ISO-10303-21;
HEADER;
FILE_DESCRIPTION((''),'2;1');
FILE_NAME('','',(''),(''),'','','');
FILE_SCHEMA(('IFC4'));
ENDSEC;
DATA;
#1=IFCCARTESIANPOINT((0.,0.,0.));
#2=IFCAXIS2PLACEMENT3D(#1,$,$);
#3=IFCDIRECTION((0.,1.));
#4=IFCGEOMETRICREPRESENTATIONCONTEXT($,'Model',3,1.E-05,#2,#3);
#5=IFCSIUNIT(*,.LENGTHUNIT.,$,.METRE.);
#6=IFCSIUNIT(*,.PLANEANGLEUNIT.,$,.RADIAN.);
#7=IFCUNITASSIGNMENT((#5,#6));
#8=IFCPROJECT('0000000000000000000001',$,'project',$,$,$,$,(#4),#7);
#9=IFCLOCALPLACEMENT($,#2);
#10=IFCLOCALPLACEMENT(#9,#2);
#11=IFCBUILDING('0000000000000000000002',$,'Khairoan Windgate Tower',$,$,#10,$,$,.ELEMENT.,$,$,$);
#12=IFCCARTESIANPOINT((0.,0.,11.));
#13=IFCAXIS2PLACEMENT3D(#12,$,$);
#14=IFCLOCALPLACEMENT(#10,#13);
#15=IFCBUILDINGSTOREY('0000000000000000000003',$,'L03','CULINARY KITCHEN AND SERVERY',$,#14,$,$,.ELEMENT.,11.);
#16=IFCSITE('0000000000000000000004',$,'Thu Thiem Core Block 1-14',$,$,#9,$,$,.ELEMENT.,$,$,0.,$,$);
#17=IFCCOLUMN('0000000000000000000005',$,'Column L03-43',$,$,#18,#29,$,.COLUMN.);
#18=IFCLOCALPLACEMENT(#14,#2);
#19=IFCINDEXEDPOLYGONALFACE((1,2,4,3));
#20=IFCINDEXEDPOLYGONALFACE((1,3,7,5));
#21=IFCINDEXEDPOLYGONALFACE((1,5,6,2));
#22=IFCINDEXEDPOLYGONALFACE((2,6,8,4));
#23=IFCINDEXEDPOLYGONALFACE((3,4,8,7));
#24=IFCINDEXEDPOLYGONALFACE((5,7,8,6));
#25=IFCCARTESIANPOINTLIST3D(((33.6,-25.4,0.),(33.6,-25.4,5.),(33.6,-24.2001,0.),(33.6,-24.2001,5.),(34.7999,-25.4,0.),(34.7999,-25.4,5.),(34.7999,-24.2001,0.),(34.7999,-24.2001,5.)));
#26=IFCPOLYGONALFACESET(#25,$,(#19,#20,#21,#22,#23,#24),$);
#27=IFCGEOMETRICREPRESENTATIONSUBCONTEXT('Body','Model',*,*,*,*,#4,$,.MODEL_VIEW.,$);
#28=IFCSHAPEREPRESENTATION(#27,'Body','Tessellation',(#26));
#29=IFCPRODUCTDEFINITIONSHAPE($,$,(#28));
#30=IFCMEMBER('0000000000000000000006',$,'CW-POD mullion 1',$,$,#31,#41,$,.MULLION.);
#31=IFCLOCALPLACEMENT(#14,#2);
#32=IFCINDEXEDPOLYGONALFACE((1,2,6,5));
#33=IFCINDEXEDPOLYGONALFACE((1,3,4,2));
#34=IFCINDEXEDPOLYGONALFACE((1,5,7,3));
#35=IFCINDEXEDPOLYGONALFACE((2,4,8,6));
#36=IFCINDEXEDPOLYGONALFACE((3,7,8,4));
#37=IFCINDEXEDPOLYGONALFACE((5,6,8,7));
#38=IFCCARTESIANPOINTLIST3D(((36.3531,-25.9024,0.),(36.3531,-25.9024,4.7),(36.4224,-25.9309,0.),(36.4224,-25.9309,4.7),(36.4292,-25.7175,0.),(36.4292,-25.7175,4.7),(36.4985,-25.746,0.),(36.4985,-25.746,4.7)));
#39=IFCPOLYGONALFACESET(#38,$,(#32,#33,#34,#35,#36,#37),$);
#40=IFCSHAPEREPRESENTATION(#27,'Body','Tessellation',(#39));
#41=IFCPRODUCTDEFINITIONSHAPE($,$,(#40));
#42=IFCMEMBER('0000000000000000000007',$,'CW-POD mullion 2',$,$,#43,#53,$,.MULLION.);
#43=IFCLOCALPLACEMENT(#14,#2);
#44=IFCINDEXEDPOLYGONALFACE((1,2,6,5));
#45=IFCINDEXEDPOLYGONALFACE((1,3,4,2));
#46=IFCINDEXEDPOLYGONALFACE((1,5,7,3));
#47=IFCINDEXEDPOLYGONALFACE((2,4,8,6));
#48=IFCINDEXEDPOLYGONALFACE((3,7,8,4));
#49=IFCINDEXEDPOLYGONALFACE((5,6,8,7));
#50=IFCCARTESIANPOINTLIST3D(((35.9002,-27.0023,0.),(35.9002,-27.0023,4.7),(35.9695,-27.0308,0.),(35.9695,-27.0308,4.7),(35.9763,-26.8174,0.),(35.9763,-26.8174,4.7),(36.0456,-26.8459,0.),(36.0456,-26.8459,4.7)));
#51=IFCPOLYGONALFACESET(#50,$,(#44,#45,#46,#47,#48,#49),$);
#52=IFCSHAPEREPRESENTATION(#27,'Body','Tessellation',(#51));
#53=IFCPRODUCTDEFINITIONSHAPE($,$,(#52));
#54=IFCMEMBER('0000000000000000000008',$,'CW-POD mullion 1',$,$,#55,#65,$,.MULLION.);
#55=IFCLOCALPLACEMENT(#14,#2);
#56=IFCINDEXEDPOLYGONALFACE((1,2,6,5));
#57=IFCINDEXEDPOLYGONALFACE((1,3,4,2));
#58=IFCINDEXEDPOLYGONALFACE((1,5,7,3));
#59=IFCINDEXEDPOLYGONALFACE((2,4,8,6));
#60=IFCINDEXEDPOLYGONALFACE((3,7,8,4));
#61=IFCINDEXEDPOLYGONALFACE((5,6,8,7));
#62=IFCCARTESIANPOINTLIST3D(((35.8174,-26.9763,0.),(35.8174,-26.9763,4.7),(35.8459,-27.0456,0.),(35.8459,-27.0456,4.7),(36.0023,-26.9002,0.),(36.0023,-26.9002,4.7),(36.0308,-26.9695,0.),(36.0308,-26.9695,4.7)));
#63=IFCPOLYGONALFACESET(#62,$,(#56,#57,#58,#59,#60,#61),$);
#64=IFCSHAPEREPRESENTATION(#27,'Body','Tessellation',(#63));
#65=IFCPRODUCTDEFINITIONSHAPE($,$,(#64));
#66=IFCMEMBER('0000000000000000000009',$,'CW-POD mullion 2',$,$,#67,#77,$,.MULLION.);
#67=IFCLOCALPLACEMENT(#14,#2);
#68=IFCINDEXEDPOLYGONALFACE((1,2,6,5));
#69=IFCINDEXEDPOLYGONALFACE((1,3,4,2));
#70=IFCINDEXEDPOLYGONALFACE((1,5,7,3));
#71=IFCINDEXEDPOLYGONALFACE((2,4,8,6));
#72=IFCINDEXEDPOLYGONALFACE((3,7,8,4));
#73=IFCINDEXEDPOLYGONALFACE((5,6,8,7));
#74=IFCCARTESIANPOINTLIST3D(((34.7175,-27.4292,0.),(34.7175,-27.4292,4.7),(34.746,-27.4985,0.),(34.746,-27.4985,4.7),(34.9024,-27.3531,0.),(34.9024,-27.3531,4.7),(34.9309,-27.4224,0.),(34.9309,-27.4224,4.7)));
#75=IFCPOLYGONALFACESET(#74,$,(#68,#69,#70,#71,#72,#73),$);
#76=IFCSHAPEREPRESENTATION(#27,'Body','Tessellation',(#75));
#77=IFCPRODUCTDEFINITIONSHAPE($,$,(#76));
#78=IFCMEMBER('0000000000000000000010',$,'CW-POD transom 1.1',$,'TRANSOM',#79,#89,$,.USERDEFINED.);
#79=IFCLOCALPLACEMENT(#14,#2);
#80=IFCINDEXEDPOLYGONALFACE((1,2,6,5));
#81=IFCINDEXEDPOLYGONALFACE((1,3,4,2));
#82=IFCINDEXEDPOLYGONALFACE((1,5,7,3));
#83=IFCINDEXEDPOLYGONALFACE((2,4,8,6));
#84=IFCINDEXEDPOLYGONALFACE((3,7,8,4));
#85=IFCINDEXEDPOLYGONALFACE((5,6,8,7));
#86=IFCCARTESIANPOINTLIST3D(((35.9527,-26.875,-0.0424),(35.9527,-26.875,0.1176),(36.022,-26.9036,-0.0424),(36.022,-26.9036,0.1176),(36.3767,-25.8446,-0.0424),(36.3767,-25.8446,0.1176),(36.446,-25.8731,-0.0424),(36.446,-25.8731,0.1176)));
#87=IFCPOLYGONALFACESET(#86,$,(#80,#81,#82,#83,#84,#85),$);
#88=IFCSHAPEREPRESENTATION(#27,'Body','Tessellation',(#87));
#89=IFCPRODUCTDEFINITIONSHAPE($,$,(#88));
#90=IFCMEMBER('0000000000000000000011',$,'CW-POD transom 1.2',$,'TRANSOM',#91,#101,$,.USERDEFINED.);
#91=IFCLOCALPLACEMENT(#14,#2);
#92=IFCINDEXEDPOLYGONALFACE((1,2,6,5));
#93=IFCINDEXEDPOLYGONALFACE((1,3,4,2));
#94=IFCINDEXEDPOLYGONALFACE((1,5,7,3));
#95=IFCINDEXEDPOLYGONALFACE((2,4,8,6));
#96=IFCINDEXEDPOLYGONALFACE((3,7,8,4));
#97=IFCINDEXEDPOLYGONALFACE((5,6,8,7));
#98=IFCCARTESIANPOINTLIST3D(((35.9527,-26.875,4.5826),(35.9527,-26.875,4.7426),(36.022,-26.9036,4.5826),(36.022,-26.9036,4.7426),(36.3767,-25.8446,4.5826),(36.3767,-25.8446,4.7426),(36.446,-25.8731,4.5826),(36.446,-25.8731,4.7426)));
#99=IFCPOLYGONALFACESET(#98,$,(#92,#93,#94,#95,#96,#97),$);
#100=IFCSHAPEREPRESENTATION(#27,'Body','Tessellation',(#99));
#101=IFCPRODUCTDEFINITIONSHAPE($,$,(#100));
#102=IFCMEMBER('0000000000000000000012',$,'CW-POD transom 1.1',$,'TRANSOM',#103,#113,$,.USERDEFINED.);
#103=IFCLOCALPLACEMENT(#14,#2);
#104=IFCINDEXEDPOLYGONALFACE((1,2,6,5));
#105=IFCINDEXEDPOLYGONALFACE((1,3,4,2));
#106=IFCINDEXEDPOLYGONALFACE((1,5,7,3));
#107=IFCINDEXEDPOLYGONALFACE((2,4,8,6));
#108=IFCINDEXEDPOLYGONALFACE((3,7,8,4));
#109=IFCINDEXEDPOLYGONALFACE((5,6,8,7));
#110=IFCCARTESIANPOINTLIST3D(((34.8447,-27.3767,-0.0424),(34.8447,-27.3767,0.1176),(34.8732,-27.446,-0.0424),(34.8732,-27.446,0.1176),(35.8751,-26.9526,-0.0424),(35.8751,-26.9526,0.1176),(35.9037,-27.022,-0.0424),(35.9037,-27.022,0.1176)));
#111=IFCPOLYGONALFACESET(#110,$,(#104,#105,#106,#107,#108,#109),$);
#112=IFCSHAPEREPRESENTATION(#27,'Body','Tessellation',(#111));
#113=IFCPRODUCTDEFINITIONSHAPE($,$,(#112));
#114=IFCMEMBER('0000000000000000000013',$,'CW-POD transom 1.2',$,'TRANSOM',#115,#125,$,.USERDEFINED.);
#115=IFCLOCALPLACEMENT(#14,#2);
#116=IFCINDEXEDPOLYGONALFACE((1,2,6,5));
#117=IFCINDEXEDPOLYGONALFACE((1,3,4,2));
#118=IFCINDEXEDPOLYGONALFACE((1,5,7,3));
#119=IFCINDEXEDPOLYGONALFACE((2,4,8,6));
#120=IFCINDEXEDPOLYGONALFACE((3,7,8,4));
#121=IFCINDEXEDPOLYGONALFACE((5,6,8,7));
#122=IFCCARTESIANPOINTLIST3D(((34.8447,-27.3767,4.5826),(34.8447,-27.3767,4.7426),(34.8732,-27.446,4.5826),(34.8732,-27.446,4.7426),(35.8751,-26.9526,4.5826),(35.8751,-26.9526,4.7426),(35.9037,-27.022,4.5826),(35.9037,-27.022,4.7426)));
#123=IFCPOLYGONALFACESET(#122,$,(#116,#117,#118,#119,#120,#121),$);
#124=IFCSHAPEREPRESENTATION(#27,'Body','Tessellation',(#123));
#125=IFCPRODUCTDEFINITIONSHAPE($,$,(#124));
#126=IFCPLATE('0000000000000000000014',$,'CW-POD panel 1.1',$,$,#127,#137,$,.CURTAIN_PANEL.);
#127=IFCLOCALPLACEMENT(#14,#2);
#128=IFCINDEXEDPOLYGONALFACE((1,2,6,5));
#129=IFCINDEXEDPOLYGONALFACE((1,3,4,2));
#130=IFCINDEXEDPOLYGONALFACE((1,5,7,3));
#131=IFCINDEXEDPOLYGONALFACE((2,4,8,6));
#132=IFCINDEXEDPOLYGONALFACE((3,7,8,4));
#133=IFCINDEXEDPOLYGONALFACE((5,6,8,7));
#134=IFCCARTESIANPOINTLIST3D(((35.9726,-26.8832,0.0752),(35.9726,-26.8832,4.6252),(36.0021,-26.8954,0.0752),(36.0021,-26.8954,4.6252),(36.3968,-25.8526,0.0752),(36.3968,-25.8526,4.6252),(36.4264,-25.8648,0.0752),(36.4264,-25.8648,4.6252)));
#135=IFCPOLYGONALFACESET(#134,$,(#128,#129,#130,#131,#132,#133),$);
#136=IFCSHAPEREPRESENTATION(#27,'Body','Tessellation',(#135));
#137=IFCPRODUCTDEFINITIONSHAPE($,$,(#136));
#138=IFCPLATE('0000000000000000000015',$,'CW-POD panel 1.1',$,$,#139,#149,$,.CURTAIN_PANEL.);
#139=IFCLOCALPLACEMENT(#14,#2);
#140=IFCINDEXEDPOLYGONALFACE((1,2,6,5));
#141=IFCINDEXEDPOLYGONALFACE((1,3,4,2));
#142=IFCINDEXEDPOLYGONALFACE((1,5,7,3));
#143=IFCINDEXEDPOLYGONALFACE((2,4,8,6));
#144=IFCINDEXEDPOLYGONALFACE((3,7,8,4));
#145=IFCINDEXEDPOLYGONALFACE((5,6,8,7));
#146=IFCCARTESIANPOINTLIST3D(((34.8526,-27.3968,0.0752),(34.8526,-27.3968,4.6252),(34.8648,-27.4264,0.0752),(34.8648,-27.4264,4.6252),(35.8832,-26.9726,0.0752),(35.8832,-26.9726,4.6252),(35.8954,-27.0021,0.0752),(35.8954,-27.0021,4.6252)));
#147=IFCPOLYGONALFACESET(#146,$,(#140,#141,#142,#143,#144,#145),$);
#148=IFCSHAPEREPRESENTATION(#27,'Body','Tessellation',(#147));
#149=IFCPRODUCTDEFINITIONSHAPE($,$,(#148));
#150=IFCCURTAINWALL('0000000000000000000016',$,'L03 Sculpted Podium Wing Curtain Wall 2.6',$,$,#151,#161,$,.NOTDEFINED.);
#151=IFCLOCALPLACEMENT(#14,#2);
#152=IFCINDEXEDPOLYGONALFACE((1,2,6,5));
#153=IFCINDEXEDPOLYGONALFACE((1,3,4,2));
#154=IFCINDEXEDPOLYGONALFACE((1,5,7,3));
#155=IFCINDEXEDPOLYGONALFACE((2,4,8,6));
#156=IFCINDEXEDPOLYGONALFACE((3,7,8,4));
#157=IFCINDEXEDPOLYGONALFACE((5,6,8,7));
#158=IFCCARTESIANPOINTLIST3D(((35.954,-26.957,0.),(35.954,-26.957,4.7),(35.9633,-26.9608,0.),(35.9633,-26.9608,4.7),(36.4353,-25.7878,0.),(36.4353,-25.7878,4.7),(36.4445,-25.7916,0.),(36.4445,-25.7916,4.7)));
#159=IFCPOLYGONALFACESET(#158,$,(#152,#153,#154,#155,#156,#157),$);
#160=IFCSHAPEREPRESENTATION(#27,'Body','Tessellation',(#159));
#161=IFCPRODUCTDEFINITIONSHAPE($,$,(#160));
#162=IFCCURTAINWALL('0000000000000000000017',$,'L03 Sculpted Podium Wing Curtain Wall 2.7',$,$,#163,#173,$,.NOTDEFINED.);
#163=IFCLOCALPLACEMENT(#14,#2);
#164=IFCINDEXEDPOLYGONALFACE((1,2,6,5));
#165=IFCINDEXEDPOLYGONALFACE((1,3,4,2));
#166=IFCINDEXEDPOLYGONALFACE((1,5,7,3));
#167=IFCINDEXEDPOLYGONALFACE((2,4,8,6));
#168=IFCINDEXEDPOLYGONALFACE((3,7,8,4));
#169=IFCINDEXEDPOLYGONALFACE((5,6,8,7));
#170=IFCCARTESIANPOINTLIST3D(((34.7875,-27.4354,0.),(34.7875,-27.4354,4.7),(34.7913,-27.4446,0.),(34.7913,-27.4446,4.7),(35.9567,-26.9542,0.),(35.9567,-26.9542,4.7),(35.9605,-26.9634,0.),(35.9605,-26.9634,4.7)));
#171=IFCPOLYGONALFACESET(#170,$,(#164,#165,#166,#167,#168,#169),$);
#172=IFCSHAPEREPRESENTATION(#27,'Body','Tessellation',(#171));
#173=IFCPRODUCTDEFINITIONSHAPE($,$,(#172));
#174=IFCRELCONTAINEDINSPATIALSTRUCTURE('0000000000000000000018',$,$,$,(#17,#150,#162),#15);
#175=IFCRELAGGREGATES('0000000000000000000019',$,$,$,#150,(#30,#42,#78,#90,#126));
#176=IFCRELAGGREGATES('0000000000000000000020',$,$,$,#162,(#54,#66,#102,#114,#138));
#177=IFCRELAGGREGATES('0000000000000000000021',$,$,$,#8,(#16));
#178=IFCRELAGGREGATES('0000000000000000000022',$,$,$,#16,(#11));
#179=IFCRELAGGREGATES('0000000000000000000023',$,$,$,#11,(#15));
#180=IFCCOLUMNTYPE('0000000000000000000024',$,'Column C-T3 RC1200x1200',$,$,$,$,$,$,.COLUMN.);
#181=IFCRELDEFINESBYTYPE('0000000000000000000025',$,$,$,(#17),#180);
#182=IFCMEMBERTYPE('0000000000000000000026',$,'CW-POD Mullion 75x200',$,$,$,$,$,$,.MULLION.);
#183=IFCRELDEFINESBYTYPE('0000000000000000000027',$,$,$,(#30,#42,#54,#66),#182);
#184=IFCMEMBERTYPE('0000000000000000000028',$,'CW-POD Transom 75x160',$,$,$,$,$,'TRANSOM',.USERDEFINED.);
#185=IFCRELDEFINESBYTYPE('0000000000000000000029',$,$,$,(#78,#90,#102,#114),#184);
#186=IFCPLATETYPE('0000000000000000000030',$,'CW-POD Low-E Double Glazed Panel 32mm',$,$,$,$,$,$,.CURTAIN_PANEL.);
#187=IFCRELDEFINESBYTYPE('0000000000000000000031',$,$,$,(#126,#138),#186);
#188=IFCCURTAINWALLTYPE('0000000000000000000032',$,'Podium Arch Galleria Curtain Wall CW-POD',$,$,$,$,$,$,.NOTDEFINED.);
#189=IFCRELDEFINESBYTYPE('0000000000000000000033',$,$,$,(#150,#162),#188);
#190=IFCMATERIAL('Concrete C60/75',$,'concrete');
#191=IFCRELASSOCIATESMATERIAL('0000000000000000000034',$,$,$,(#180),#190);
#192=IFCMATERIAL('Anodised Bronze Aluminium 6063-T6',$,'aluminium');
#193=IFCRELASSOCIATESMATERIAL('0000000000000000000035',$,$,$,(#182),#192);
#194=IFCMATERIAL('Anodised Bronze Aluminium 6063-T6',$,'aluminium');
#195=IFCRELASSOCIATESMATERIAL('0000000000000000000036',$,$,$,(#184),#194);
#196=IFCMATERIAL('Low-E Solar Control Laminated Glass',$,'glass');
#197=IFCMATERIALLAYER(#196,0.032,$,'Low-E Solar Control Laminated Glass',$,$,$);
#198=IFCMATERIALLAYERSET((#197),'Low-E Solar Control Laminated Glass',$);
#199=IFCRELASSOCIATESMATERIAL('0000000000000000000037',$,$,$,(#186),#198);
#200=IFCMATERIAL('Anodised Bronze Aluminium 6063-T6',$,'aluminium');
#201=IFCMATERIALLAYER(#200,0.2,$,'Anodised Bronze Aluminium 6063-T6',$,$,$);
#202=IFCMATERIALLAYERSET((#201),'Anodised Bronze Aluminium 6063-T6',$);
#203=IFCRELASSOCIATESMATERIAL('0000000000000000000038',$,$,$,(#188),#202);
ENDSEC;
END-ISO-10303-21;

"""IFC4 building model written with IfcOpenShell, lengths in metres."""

from ifc_helpers import new_model, si_unit, direction, frame, frame_2d, origin, origin_2d, place, context, subcontext, project, spatial, rectangle, extrude, material, layer, layer_set, material_profile, profile_set, type_object, element, aggregate, save


model = new_model("IFC4")

# Units and contexts
model_context = context("Model", 3, precision=1e-05, world=origin(), true_north=direction((0.0, 1.0)))
body_context = subcontext(model_context, "Body", "Model", "MODEL_VIEW")
ifc_project = project(units=[si_unit("LENGTHUNIT", "METRE"), si_unit("PLANEANGLEUNIT", "RADIAN")], contexts=[model_context])

# Site, building, storey
site_placement = place(None, origin())
site = spatial("IfcSite", under=ifc_project, at=site_placement, Name="Thu Thiem Core Block 1-14", CompositionType="ELEMENT", RefElevation=0.0)
building_placement = place(site_placement, origin())
building = spatial("IfcBuilding", under=site, at=building_placement, Name="Khairoan Windgate Tower", CompositionType="ELEMENT")
storey_placement = place(building_placement, frame((0.0, 0.0, 11.0)))
storey = spatial("IfcBuildingStorey", under=building, at=storey_placement, Name="L03", Description="CULINARY KITCHEN AND SERVERY", CompositionType="ELEMENT", Elevation=11.0)

# Column
ifc_material_1 = material(Name="Concrete C60/75", Category="concrete")
ifc_material_profile_1 = material_profile(ifc_material_1, rectangle(XDim=1.2, YDim=1.2, at=origin_2d()))
ifc_profile_set_1 = profile_set([ifc_material_profile_1], Name="Concrete C60/75")
column_type = type_object("IfcColumnType", Name="Column C-T3 RC1200x1200", PredefinedType="COLUMN", material=ifc_profile_set_1)
column_placement = place(storey_placement, frame((34.2, -24.8, 0.0), z_axis=(0.0, 0.0, 1.0), x_axis=(1.0, 0.0, 0.0)))
element("IfcColumn", 1, at=column_placement, inside=storey, type_object=column_type, Name="Column L03-43", PredefinedType="COLUMN", context=body_context, shape_type="SweptSolid", body=[
    extrude(rectangle(XDim=1.2, YDim=1.2, at=origin_2d()), origin(), (0.0, 0.0, 1.0), 5.0),
])

# Members
ifc_material_2 = material(Name="Anodised Bronze Aluminium 6063-T6", Category="aluminium")
ifc_material_profile_2 = material_profile(ifc_material_2, rectangle(XDim=0.075, YDim=0.2, at=origin_2d()))
ifc_profile_set_2 = profile_set([ifc_material_profile_2], Name="Anodised Bronze Aluminium 6063-T6")
member_type_1 = type_object("IfcMemberType", Name="CW-POD Mullion 75x200", PredefinedType="MULLION", material=ifc_profile_set_2)
member_1_placement = place(storey_placement, frame((36.4258, -25.8242, 0.0), z_axis=(0.0, 0.0, 1.0), x_axis=(0.924716, -0.380658, 0.0)))
member_1 = element("IfcMember", 2, at=member_1_placement, type_object=member_type_1, Name="CW-POD mullion 1", PredefinedType="MULLION", context=body_context, shape_type="SweptSolid", body=[
    extrude(rectangle(XDim=0.075, YDim=0.2, at=origin_2d()), origin(), (0.0, 0.0, 1.0), 4.7),
])
member_2_placement = place(storey_placement, frame((35.9729, -26.9241, 0.0), z_axis=(0.0, 0.0, 1.0), x_axis=(0.924716, -0.380658, 0.0)))
member_2 = element("IfcMember", 3, at=member_2_placement, type_object=member_type_1, Name="CW-POD mullion 2", PredefinedType="MULLION", context=body_context, shape_type="SweptSolid", body=[
    extrude(rectangle(XDim=0.075, YDim=0.2, at=origin_2d()), origin(), (0.0, 0.0, 1.0), 4.7),
])
member_3_placement = place(storey_placement, frame((35.9241, -26.9729, 0.0), z_axis=(0.0, 0.0, 1.0), x_axis=(0.380658, -0.924716, 0.0)))
member_3 = element("IfcMember", 4, at=member_3_placement, type_object=member_type_1, Name="CW-POD mullion 1", PredefinedType="MULLION", context=body_context, shape_type="SweptSolid", body=[
    extrude(rectangle(XDim=0.075, YDim=0.2, at=origin_2d()), origin(), (0.0, 0.0, 1.0), 4.7),
])
member_4_placement = place(storey_placement, frame((34.8242, -27.4258, 0.0), z_axis=(0.0, 0.0, 1.0), x_axis=(0.380658, -0.924716, 0.0)))
member_4 = element("IfcMember", 5, at=member_4_placement, type_object=member_type_1, Name="CW-POD mullion 2", PredefinedType="MULLION", context=body_context, shape_type="SweptSolid", body=[
    extrude(rectangle(XDim=0.075, YDim=0.2, at=origin_2d()), origin(), (0.0, 0.0, 1.0), 4.7),
])
ifc_material_3 = material(Name="Anodised Bronze Aluminium 6063-T6", Category="aluminium")
ifc_material_profile_3 = material_profile(ifc_material_3, rectangle(XDim=0.075, YDim=0.1599, at=origin_2d()))
ifc_profile_set_3 = profile_set([ifc_material_profile_3], Name="Anodised Bronze Aluminium 6063-T6")
member_type_2 = type_object("IfcMemberType", Name="CW-POD Transom 75x160", ElementType="TRANSOM", PredefinedType="USERDEFINED", material=ifc_profile_set_3)
member_5_placement = place(storey_placement, frame((36.4114, -25.8589, 0.0376), z_axis=(-0.380551, -0.92476, 0.0), x_axis=(0.92476, -0.380551, 0.0)))
member_5 = element("IfcMember", 6, at=member_5_placement, type_object=member_type_2, Name="CW-POD transom 1.1", ObjectType="TRANSOM", PredefinedType="USERDEFINED", context=body_context, shape_type="SweptSolid", body=[
    extrude(rectangle(XDim=0.075, YDim=0.1599, at=origin_2d()), origin(), (0.0, 0.0, 1.0), 1.1143),
])
member_6_placement = place(storey_placement, frame((36.4114, -25.8589, 4.6626), z_axis=(-0.380551, -0.92476, 0.0), x_axis=(0.92476, -0.380551, 0.0)))
member_6 = element("IfcMember", 7, at=member_6_placement, type_object=member_type_2, Name="CW-POD transom 1.2", ObjectType="TRANSOM", PredefinedType="USERDEFINED", context=body_context, shape_type="SweptSolid", body=[
    extrude(rectangle(XDim=0.075, YDim=0.1599, at=origin_2d()), origin(), (0.0, 0.0, 1.0), 1.1143),
])
member_7_placement = place(storey_placement, frame((35.8894, -26.9873, 0.0376), z_axis=(-0.92476, -0.380551, 0.0), x_axis=(0.380551, -0.92476, 0.0)))
member_7 = element("IfcMember", 8, at=member_7_placement, type_object=member_type_2, Name="CW-POD transom 1.1", ObjectType="TRANSOM", PredefinedType="USERDEFINED", context=body_context, shape_type="SweptSolid", body=[
    extrude(rectangle(XDim=0.075, YDim=0.1599, at=origin_2d()), origin(), (0.0, 0.0, 1.0), 1.1143),
])
member_8_placement = place(storey_placement, frame((35.8894, -26.9873, 4.6626), z_axis=(-0.92476, -0.380551, 0.0), x_axis=(0.380551, -0.92476, 0.0)))
member_8 = element("IfcMember", 9, at=member_8_placement, type_object=member_type_2, Name="CW-POD transom 1.2", ObjectType="TRANSOM", PredefinedType="USERDEFINED", context=body_context, shape_type="SweptSolid", body=[
    extrude(rectangle(XDim=0.075, YDim=0.1599, at=origin_2d()), origin(), (0.0, 0.0, 1.0), 1.1143),
])

# Plates
ifc_material_4 = material(Name="Low-E Solar Control Laminated Glass", Category="glass")
ifc_layer_1 = layer(ifc_material_4, 0.032, Name="Low-E Solar Control Laminated Glass")
ifc_layer_set_1 = layer_set([ifc_layer_1], Name="Low-E Solar Control Laminated Glass")
plate_type = type_object("IfcPlateType", Name="CW-POD Low-E Double Glazed Panel 32mm", PredefinedType="CURTAIN_PANEL", material=ifc_layer_set_1)
plate_1_placement = place(storey_placement, frame((36.1995, -26.374, 0.0752), z_axis=(0.0, 0.0, 1.0), x_axis=(-0.380658, -0.924716, 0.0)))
plate_1 = element("IfcPlate", 10, at=plate_1_placement, type_object=plate_type, Name="CW-POD panel 1.1", PredefinedType="CURTAIN_PANEL", context=body_context, shape_type="SweptSolid", body=[
    extrude(rectangle(XDim=1.1145, YDim=0.032, at=origin_2d()), origin(), (0.0, 0.0, 1.0), 4.55),
])
plate_2_placement = place(storey_placement, frame((35.374, -27.1995, 0.0752), z_axis=(0.0, 0.0, 1.0), x_axis=(-0.924716, -0.380658, 0.0)))
plate_2 = element("IfcPlate", 11, at=plate_2_placement, type_object=plate_type, Name="CW-POD panel 1.1", PredefinedType="CURTAIN_PANEL", context=body_context, shape_type="SweptSolid", body=[
    extrude(rectangle(XDim=1.1145, YDim=0.032, at=origin_2d()), origin(), (0.0, 0.0, 1.0), 4.55),
])

# Curtain walls
ifc_material_5 = material(Name="Anodised Bronze Aluminium 6063-T6", Category="aluminium")
ifc_layer_2 = layer(ifc_material_5, 0.2, Name="Anodised Bronze Aluminium 6063-T6")
ifc_layer_set_2 = layer_set([ifc_layer_2], Name="Anodised Bronze Aluminium 6063-T6")
curtain_wall_type = type_object("IfcCurtainWallType", Name="Podium Arch Galleria Curtain Wall CW-POD", PredefinedType="NOTDEFINED", material=ifc_layer_set_2)
curtain_wall_1_placement = place(storey_placement, frame((36.4399, -25.7896, 0.0), z_axis=(0.0, 0.0, 1.0), x_axis=(-0.380594, -0.924742, 0.0)))
curtain_wall_1 = element("IfcCurtainWall", 12, at=curtain_wall_1_placement, inside=storey, type_object=curtain_wall_type, Name="L03 Sculpted Podium Wing Curtain Wall 2.6", PredefinedType="NOTDEFINED", context=body_context, shape_type="SweptSolid", body=[
    extrude(rectangle(XDim=1.2644, YDim=0.01, at=frame_2d((0.6323, 0.0))), origin(), (0.0, 0.0, 1.0), 4.7),
])
aggregate(curtain_wall_1, [member_1, member_2, member_5, member_6, plate_1])
curtain_wall_2_placement = place(storey_placement, frame((35.9587, -26.9587, 0.0), z_axis=(0.0, 0.0, 1.0), x_axis=(-0.924742, -0.380594, 0.0)))
curtain_wall_2 = element("IfcCurtainWall", 13, at=curtain_wall_2_placement, inside=storey, type_object=curtain_wall_type, Name="L03 Sculpted Podium Wing Curtain Wall 2.7", PredefinedType="NOTDEFINED", context=body_context, shape_type="SweptSolid", body=[
    extrude(rectangle(XDim=1.2644, YDim=0.01, at=frame_2d((0.6323, 0.0))), origin(), (0.0, 0.0, 1.0), 4.7),
])
aggregate(curtain_wall_2, [member_3, member_4, member_7, member_8, plate_2])

save(model, "model.ifc")
